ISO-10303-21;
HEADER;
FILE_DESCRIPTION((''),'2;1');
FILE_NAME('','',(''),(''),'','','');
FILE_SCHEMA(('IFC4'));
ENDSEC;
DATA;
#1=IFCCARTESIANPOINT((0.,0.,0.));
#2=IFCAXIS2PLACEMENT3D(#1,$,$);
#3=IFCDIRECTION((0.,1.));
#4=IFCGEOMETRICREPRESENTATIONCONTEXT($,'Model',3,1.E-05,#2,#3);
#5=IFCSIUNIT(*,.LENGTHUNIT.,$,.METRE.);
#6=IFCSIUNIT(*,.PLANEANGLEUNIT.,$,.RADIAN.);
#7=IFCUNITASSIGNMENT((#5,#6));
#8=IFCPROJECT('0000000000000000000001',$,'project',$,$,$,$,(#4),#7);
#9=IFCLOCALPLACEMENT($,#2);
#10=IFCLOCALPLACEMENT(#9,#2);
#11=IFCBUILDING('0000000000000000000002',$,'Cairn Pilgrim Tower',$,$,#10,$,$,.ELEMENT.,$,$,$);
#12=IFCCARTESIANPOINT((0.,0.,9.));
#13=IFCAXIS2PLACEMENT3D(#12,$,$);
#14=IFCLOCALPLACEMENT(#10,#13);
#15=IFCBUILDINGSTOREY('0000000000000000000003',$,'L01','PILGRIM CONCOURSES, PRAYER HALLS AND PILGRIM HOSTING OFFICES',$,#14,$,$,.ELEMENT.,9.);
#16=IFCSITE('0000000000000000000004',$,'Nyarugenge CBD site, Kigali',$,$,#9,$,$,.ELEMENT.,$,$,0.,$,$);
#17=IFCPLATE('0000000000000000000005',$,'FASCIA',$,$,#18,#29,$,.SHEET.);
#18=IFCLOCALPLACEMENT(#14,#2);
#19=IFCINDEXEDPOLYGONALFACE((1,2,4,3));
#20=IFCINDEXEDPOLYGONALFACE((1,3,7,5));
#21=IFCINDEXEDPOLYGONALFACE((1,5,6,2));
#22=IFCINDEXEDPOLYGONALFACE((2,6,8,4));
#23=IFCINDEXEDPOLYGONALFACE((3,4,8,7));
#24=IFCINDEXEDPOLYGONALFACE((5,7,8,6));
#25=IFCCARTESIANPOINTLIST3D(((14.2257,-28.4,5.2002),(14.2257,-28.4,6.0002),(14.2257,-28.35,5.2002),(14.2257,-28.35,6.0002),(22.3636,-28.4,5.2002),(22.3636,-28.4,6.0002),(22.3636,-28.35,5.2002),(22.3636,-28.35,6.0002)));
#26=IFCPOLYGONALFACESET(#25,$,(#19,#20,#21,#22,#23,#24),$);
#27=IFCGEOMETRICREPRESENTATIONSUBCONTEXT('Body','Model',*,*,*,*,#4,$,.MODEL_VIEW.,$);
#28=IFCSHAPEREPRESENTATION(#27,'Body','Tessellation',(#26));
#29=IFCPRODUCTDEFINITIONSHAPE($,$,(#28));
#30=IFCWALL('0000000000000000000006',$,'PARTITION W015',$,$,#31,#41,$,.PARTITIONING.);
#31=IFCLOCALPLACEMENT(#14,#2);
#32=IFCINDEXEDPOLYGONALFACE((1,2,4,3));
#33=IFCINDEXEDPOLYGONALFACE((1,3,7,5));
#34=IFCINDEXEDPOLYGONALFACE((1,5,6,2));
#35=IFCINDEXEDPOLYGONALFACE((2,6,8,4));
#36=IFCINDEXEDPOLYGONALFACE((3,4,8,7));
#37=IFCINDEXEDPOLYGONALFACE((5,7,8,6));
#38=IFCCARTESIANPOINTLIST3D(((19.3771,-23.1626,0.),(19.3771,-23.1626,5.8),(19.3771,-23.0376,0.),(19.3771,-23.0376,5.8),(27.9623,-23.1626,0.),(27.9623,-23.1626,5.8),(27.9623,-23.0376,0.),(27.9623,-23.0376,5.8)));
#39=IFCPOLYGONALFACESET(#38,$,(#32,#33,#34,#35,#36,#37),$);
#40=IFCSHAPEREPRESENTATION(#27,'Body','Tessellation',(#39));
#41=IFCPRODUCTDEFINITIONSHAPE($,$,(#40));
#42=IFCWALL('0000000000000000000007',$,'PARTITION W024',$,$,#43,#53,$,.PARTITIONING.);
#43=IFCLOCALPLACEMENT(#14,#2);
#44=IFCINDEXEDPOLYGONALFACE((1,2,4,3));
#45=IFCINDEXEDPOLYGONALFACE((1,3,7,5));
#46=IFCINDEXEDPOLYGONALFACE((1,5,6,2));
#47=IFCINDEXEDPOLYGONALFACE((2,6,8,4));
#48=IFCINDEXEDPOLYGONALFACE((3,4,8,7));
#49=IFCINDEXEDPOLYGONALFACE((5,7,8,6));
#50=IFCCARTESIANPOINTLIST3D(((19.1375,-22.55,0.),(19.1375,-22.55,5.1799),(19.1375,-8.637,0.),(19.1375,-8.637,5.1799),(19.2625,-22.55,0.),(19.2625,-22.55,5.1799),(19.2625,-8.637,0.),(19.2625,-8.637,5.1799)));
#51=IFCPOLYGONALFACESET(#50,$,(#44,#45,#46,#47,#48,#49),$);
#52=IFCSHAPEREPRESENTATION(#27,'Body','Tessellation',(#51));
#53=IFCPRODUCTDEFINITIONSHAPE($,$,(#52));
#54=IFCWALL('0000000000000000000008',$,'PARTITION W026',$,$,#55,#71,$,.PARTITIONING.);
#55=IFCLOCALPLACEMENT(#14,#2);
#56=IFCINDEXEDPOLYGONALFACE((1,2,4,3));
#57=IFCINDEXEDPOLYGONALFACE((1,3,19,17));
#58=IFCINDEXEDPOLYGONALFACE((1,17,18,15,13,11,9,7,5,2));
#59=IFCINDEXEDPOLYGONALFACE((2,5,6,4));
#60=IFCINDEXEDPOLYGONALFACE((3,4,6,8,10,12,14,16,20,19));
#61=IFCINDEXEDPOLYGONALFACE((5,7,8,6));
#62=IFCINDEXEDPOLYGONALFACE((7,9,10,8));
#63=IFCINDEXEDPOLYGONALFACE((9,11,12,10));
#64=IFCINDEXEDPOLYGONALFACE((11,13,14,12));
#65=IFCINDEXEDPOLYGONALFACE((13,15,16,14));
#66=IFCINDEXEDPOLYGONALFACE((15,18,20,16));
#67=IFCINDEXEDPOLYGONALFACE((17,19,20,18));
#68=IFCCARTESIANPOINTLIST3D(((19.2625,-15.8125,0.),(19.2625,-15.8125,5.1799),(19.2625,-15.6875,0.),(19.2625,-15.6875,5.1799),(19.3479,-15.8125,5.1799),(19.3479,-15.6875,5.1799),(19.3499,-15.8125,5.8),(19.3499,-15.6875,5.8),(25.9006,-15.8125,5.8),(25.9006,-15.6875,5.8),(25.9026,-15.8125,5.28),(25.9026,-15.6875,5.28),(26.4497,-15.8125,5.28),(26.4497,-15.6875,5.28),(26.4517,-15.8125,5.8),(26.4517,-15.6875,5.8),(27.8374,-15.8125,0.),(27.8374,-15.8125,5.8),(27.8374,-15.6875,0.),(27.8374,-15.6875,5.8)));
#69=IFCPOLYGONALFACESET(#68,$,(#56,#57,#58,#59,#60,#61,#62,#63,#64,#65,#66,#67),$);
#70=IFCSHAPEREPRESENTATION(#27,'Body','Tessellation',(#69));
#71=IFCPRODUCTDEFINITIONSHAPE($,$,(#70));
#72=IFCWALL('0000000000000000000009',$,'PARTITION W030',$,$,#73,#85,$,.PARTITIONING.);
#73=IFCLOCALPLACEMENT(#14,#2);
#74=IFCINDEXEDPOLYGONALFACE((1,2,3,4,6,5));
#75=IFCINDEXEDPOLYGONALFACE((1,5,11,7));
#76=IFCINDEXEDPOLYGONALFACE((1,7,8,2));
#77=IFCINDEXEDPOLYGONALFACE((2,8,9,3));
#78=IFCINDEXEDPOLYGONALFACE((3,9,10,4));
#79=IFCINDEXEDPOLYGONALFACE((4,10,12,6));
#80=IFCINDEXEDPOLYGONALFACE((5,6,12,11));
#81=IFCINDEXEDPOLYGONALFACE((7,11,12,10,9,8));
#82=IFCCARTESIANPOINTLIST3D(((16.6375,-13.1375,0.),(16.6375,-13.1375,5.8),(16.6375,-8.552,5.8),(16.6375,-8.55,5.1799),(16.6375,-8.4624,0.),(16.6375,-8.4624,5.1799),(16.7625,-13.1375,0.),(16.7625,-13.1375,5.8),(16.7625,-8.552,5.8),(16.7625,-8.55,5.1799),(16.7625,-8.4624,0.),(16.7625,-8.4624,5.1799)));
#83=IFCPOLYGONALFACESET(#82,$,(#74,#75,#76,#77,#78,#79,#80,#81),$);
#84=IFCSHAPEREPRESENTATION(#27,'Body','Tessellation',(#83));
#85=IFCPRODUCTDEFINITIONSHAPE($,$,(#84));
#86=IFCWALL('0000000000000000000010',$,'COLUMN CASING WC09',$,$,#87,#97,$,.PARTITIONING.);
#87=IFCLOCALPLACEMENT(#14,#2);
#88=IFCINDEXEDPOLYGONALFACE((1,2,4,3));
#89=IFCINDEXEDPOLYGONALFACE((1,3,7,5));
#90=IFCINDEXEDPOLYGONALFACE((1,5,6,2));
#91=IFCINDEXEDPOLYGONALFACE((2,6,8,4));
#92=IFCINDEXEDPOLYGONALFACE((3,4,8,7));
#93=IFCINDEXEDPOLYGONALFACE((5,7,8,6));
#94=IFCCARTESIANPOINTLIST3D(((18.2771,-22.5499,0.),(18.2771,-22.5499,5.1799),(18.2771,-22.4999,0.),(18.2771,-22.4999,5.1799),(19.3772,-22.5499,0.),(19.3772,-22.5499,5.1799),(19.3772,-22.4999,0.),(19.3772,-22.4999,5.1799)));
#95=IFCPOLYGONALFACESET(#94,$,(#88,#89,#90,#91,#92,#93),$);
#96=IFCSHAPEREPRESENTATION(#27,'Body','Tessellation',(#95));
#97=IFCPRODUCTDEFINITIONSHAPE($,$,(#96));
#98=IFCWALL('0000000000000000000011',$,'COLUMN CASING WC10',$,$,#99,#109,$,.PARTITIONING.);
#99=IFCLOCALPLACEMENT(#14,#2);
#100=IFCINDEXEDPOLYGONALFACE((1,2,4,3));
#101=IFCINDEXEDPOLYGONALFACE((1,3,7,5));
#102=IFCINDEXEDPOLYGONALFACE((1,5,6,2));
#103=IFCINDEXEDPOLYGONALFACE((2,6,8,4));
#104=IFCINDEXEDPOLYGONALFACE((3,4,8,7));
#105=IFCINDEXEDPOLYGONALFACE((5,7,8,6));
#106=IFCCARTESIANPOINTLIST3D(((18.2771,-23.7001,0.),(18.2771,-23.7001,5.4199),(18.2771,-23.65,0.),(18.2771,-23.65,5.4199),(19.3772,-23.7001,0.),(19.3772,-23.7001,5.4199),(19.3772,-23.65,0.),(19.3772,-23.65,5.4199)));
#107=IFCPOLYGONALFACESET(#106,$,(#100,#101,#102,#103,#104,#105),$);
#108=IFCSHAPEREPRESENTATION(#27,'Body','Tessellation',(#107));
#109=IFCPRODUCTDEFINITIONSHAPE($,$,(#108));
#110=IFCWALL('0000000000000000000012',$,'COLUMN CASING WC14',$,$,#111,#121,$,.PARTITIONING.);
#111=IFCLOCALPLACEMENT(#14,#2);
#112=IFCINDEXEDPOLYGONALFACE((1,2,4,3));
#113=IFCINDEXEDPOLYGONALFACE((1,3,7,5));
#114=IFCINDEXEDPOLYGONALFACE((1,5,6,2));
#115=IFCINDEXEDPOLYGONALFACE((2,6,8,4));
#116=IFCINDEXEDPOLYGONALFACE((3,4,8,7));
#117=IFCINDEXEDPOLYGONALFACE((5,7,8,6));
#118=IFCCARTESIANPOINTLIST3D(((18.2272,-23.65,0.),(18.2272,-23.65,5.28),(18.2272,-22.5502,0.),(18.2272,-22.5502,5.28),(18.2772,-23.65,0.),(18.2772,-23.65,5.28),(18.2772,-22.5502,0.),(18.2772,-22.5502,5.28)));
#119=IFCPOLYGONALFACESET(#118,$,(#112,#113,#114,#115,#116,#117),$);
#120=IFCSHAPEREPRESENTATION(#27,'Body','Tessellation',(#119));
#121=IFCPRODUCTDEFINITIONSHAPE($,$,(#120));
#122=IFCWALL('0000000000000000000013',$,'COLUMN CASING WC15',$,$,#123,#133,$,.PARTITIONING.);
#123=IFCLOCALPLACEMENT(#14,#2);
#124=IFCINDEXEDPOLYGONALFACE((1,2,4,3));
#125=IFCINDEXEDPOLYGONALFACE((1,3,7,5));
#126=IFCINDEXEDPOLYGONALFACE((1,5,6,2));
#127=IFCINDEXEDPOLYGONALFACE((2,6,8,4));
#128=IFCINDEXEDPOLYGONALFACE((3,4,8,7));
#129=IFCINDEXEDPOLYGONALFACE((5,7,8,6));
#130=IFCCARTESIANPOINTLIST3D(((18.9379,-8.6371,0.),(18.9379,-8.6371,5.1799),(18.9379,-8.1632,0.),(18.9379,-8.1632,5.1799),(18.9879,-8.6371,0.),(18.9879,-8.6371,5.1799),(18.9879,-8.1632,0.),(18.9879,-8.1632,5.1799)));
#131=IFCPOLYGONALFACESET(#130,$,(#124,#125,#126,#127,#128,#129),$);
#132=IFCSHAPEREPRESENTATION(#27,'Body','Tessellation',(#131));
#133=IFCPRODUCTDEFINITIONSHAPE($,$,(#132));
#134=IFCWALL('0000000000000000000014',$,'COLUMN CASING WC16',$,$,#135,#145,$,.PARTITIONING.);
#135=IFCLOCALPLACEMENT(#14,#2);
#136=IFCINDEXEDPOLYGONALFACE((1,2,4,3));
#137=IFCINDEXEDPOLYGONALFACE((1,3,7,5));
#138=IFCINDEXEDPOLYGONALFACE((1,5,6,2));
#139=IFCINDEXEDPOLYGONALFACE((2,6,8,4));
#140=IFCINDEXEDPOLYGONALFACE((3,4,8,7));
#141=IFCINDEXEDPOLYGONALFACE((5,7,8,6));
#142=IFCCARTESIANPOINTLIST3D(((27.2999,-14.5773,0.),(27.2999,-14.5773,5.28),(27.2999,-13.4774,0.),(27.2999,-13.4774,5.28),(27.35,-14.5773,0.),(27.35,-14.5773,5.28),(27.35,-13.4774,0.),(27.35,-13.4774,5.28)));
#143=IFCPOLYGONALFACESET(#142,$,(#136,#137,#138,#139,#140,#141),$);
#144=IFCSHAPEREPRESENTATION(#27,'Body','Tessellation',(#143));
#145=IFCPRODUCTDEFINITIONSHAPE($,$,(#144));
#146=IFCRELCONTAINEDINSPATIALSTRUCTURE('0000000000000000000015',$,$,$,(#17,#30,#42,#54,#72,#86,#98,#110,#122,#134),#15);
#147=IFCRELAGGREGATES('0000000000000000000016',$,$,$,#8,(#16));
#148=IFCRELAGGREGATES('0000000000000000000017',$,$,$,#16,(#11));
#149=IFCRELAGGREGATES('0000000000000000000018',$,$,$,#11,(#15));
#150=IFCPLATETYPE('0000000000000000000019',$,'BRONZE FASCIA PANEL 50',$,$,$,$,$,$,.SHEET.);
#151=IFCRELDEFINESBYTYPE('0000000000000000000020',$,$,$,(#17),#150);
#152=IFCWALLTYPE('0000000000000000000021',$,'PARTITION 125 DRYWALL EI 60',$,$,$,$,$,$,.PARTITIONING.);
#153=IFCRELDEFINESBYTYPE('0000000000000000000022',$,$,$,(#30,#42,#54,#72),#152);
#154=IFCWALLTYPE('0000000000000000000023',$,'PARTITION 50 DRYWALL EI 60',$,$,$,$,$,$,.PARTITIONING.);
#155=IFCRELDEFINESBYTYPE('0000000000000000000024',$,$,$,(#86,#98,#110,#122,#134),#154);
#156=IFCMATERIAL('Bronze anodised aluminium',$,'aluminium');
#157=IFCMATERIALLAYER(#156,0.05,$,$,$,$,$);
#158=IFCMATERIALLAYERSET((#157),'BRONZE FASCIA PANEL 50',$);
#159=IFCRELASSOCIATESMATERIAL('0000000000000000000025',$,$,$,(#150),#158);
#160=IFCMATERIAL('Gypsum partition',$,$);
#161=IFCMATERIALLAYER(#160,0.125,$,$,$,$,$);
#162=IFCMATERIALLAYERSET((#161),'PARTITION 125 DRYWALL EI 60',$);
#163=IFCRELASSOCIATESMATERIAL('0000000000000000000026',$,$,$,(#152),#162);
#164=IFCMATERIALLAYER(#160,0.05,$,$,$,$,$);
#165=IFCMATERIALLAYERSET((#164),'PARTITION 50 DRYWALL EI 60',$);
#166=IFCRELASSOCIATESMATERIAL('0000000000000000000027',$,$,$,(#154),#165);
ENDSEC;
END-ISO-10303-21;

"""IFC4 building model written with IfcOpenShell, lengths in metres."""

from ifc_helpers import new_model, si_unit, direction, frame, frame_2d, origin, origin_2d, place, context, subcontext, project, spatial, polyline, rectangle, outline, extrude, material, layer, layer_set, type_object, element, save


model = new_model("IFC4")

# Units and contexts
model_context = context("Model", 3, precision=1e-05, world=origin(), true_north=direction((0.0, 1.0)))
body_context = subcontext(model_context, "Body", "Model", "MODEL_VIEW")
ifc_project = project(units=[si_unit("LENGTHUNIT", "METRE"), si_unit("PLANEANGLEUNIT", "RADIAN")], contexts=[model_context])

# Site, building, storey
site_placement = place(None, origin())
site = spatial("IfcSite", under=ifc_project, at=site_placement, Name="Nyarugenge CBD site, Kigali", CompositionType="ELEMENT", RefElevation=0.0)
building_placement = place(site_placement, origin())
building = spatial("IfcBuilding", under=site, at=building_placement, Name="Cairn Pilgrim Tower", CompositionType="ELEMENT")
storey_placement = place(building_placement, frame((0.0, 0.0, 9.0)))
storey = spatial("IfcBuildingStorey", under=building, at=storey_placement, Name="L01", Description="PILGRIM CONCOURSES, PRAYER HALLS AND PILGRIM HOSTING OFFICES", CompositionType="ELEMENT", Elevation=9.0)

# Plate
ifc_material_1 = material(Name="Bronze anodised aluminium", Category="aluminium")
ifc_layer_1 = layer(ifc_material_1, 0.05)
ifc_layer_set_1 = layer_set([ifc_layer_1], Name="BRONZE FASCIA PANEL 50")
plate_type = type_object("IfcPlateType", Name="BRONZE FASCIA PANEL 50", PredefinedType="SHEET", material=ifc_layer_set_1)
plate_placement = place(storey_placement, frame((18.2947, -28.375, 5.2002), z_axis=(0.0, 0.0, 1.0), x_axis=(1.0, 0.0, 0.0)))
element("IfcPlate", 1, at=plate_placement, inside=storey, type_object=plate_type, Name="FASCIA", PredefinedType="SHEET", context=body_context, shape_type="SweptSolid", body=[
    extrude(rectangle(XDim=8.1379, YDim=0.05, at=origin_2d()), origin(), (0.0, 0.0, 1.0), 0.8),
])

# Walls
ifc_material_2 = material(Name="Gypsum partition")
ifc_layer_2 = layer(ifc_material_2, 0.125)
ifc_layer_set_2 = layer_set([ifc_layer_2], Name="PARTITION 125 DRYWALL EI 60")
wall_type_1 = type_object("IfcWallType", Name="PARTITION 125 DRYWALL EI 60", PredefinedType="PARTITIONING", material=ifc_layer_set_2)
wall_1_placement = place(storey_placement, frame((19.3772, -23.1001, 0.0), z_axis=(0.0, 0.0, 1.0), x_axis=(1.0, 0.0, 0.0)))
element("IfcWall", 2, at=wall_1_placement, inside=storey, type_object=wall_type_1, Name="PARTITION W015", PredefinedType="PARTITIONING", context=body_context, shape_type="SweptSolid", body=[
    extrude(rectangle(XDim=8.5852, YDim=0.125, at=frame_2d((4.2925, 0.0))), origin(), (0.0, 0.0, 1.0), 5.8),
])
wall_2_placement = place(storey_placement, frame((19.2, -22.55, 0.0), z_axis=(0.0, 0.0, 1.0), x_axis=(0.0, 1.0, 0.0)))
element("IfcWall", 3, at=wall_2_placement, inside=storey, type_object=wall_type_1, Name="PARTITION W024", PredefinedType="PARTITIONING", context=body_context, shape_type="SweptSolid", body=[
    extrude(rectangle(XDim=13.9131, YDim=0.125, at=frame_2d((6.9565, 0.0))), origin(), (0.0, 0.0, 1.0), 5.1799),
])
wall_3_placement = place(storey_placement, frame((19.2625, -15.75, 0.0), z_axis=(0.0, 0.0, 1.0), x_axis=(1.0, 0.0, 0.0)))
element("IfcWall", 4, at=wall_3_placement, inside=storey, type_object=wall_type_1, Name="PARTITION W026", PredefinedType="PARTITIONING", context=body_context, shape_type="SweptSolid", body=[
    extrude(outline(polyline([(0.0, 0.0), (8.575, 0.0), (8.575, 5.8), (7.1892, 5.8), (7.1873, 5.28), (6.6401, 5.28), (6.6382, 5.8), (0.0874, 5.8), (0.0854, 5.1799), (0.0, 5.1799), (0.0, 0.0)])), frame((0.0, 0.0625, 0.0), z_axis=(0.0, -1.0, 0.0), x_axis=(1.0, 0.0, 0.0)), (0.0, 0.0, 1.0), 0.125),
])
wall_4_placement = place(storey_placement, frame((16.7, -13.1375, 0.0), z_axis=(0.0, 0.0, 1.0), x_axis=(0.0, 1.0, 0.0)))
element("IfcWall", 5, at=wall_4_placement, inside=storey, type_object=wall_type_1, Name="PARTITION W030", PredefinedType="PARTITIONING", context=body_context, shape_type="SweptSolid", body=[
    extrude(outline(polyline([(0.0, 0.0), (4.675, 0.0), (4.675, 5.1799), (4.5874, 5.1799), (4.5854, 5.8), (0.0, 5.8), (0.0, 0.0)])), frame((0.0, 0.0625, 0.0), z_axis=(0.0, -1.0, 0.0), x_axis=(1.0, 0.0, 0.0)), (0.0, 0.0, 1.0), 0.125),
])
ifc_layer_3 = layer(ifc_material_2, 0.05)
ifc_layer_set_3 = layer_set([ifc_layer_3], Name="PARTITION 50 DRYWALL EI 60")
wall_type_2 = type_object("IfcWallType", Name="PARTITION 50 DRYWALL EI 60", PredefinedType="PARTITIONING", material=ifc_layer_set_3)
wall_5_placement = place(storey_placement, frame((18.2771, -22.5249, 0.0), z_axis=(0.0, 0.0, 1.0), x_axis=(1.0, 0.0, 0.0)))
element("IfcWall", 6, at=wall_5_placement, inside=storey, type_object=wall_type_2, Name="COLUMN CASING WC09", PredefinedType="PARTITIONING", context=body_context, shape_type="SweptSolid", body=[
    extrude(rectangle(XDim=1.1001, YDim=0.05, at=frame_2d((0.55, 0.0))), origin(), (0.0, 0.0, 1.0), 5.1799),
])
wall_6_placement = place(storey_placement, frame((18.2771, -23.675, 0.0), z_axis=(0.0, 0.0, 1.0), x_axis=(1.0, 0.0, 0.0)))
element("IfcWall", 7, at=wall_6_placement, inside=storey, type_object=wall_type_2, Name="COLUMN CASING WC10", PredefinedType="PARTITIONING", context=body_context, shape_type="SweptSolid", body=[
    extrude(rectangle(XDim=1.1001, YDim=0.05, at=frame_2d((0.55, 0.0))), origin(), (0.0, 0.0, 1.0), 5.4199),
])
wall_7_placement = place(storey_placement, frame((18.2522, -23.6499, 0.0), z_axis=(0.0, 0.0, 1.0), x_axis=(0.0, 1.0, 0.0)))
element("IfcWall", 8, at=wall_7_placement, inside=storey, type_object=wall_type_2, Name="COLUMN CASING WC14", PredefinedType="PARTITIONING", context=body_context, shape_type="SweptSolid", body=[
    extrude(rectangle(XDim=1.0999, YDim=0.05, at=frame_2d((0.5498, 0.0))), origin(), (0.0, 0.0, 1.0), 5.28),
])
wall_8_placement = place(storey_placement, frame((18.9629, -8.637, 0.0), z_axis=(0.0, 0.0, 1.0), x_axis=(0.0, 1.0, 0.0)))
element("IfcWall", 9, at=wall_8_placement, inside=storey, type_object=wall_type_2, Name="COLUMN CASING WC15", PredefinedType="PARTITIONING", context=body_context, shape_type="SweptSolid", body=[
    extrude(rectangle(XDim=0.4739, YDim=0.05, at=frame_2d((0.2368, 0.0))), origin(), (0.0, 0.0, 1.0), 5.1799),
])
wall_9_placement = place(storey_placement, frame((27.325, -14.5771, 0.0), z_axis=(0.0, 0.0, 1.0), x_axis=(0.0, 1.0, 0.0)))
element("IfcWall", 10, at=wall_9_placement, inside=storey, type_object=wall_type_2, Name="COLUMN CASING WC16", PredefinedType="PARTITIONING", context=body_context, shape_type="SweptSolid", body=[
    extrude(rectangle(XDim=1.0999, YDim=0.05, at=frame_2d((0.5498, 0.0))), origin(), (0.0, 0.0, 1.0), 5.28),
])

save(model, "model.ifc")
